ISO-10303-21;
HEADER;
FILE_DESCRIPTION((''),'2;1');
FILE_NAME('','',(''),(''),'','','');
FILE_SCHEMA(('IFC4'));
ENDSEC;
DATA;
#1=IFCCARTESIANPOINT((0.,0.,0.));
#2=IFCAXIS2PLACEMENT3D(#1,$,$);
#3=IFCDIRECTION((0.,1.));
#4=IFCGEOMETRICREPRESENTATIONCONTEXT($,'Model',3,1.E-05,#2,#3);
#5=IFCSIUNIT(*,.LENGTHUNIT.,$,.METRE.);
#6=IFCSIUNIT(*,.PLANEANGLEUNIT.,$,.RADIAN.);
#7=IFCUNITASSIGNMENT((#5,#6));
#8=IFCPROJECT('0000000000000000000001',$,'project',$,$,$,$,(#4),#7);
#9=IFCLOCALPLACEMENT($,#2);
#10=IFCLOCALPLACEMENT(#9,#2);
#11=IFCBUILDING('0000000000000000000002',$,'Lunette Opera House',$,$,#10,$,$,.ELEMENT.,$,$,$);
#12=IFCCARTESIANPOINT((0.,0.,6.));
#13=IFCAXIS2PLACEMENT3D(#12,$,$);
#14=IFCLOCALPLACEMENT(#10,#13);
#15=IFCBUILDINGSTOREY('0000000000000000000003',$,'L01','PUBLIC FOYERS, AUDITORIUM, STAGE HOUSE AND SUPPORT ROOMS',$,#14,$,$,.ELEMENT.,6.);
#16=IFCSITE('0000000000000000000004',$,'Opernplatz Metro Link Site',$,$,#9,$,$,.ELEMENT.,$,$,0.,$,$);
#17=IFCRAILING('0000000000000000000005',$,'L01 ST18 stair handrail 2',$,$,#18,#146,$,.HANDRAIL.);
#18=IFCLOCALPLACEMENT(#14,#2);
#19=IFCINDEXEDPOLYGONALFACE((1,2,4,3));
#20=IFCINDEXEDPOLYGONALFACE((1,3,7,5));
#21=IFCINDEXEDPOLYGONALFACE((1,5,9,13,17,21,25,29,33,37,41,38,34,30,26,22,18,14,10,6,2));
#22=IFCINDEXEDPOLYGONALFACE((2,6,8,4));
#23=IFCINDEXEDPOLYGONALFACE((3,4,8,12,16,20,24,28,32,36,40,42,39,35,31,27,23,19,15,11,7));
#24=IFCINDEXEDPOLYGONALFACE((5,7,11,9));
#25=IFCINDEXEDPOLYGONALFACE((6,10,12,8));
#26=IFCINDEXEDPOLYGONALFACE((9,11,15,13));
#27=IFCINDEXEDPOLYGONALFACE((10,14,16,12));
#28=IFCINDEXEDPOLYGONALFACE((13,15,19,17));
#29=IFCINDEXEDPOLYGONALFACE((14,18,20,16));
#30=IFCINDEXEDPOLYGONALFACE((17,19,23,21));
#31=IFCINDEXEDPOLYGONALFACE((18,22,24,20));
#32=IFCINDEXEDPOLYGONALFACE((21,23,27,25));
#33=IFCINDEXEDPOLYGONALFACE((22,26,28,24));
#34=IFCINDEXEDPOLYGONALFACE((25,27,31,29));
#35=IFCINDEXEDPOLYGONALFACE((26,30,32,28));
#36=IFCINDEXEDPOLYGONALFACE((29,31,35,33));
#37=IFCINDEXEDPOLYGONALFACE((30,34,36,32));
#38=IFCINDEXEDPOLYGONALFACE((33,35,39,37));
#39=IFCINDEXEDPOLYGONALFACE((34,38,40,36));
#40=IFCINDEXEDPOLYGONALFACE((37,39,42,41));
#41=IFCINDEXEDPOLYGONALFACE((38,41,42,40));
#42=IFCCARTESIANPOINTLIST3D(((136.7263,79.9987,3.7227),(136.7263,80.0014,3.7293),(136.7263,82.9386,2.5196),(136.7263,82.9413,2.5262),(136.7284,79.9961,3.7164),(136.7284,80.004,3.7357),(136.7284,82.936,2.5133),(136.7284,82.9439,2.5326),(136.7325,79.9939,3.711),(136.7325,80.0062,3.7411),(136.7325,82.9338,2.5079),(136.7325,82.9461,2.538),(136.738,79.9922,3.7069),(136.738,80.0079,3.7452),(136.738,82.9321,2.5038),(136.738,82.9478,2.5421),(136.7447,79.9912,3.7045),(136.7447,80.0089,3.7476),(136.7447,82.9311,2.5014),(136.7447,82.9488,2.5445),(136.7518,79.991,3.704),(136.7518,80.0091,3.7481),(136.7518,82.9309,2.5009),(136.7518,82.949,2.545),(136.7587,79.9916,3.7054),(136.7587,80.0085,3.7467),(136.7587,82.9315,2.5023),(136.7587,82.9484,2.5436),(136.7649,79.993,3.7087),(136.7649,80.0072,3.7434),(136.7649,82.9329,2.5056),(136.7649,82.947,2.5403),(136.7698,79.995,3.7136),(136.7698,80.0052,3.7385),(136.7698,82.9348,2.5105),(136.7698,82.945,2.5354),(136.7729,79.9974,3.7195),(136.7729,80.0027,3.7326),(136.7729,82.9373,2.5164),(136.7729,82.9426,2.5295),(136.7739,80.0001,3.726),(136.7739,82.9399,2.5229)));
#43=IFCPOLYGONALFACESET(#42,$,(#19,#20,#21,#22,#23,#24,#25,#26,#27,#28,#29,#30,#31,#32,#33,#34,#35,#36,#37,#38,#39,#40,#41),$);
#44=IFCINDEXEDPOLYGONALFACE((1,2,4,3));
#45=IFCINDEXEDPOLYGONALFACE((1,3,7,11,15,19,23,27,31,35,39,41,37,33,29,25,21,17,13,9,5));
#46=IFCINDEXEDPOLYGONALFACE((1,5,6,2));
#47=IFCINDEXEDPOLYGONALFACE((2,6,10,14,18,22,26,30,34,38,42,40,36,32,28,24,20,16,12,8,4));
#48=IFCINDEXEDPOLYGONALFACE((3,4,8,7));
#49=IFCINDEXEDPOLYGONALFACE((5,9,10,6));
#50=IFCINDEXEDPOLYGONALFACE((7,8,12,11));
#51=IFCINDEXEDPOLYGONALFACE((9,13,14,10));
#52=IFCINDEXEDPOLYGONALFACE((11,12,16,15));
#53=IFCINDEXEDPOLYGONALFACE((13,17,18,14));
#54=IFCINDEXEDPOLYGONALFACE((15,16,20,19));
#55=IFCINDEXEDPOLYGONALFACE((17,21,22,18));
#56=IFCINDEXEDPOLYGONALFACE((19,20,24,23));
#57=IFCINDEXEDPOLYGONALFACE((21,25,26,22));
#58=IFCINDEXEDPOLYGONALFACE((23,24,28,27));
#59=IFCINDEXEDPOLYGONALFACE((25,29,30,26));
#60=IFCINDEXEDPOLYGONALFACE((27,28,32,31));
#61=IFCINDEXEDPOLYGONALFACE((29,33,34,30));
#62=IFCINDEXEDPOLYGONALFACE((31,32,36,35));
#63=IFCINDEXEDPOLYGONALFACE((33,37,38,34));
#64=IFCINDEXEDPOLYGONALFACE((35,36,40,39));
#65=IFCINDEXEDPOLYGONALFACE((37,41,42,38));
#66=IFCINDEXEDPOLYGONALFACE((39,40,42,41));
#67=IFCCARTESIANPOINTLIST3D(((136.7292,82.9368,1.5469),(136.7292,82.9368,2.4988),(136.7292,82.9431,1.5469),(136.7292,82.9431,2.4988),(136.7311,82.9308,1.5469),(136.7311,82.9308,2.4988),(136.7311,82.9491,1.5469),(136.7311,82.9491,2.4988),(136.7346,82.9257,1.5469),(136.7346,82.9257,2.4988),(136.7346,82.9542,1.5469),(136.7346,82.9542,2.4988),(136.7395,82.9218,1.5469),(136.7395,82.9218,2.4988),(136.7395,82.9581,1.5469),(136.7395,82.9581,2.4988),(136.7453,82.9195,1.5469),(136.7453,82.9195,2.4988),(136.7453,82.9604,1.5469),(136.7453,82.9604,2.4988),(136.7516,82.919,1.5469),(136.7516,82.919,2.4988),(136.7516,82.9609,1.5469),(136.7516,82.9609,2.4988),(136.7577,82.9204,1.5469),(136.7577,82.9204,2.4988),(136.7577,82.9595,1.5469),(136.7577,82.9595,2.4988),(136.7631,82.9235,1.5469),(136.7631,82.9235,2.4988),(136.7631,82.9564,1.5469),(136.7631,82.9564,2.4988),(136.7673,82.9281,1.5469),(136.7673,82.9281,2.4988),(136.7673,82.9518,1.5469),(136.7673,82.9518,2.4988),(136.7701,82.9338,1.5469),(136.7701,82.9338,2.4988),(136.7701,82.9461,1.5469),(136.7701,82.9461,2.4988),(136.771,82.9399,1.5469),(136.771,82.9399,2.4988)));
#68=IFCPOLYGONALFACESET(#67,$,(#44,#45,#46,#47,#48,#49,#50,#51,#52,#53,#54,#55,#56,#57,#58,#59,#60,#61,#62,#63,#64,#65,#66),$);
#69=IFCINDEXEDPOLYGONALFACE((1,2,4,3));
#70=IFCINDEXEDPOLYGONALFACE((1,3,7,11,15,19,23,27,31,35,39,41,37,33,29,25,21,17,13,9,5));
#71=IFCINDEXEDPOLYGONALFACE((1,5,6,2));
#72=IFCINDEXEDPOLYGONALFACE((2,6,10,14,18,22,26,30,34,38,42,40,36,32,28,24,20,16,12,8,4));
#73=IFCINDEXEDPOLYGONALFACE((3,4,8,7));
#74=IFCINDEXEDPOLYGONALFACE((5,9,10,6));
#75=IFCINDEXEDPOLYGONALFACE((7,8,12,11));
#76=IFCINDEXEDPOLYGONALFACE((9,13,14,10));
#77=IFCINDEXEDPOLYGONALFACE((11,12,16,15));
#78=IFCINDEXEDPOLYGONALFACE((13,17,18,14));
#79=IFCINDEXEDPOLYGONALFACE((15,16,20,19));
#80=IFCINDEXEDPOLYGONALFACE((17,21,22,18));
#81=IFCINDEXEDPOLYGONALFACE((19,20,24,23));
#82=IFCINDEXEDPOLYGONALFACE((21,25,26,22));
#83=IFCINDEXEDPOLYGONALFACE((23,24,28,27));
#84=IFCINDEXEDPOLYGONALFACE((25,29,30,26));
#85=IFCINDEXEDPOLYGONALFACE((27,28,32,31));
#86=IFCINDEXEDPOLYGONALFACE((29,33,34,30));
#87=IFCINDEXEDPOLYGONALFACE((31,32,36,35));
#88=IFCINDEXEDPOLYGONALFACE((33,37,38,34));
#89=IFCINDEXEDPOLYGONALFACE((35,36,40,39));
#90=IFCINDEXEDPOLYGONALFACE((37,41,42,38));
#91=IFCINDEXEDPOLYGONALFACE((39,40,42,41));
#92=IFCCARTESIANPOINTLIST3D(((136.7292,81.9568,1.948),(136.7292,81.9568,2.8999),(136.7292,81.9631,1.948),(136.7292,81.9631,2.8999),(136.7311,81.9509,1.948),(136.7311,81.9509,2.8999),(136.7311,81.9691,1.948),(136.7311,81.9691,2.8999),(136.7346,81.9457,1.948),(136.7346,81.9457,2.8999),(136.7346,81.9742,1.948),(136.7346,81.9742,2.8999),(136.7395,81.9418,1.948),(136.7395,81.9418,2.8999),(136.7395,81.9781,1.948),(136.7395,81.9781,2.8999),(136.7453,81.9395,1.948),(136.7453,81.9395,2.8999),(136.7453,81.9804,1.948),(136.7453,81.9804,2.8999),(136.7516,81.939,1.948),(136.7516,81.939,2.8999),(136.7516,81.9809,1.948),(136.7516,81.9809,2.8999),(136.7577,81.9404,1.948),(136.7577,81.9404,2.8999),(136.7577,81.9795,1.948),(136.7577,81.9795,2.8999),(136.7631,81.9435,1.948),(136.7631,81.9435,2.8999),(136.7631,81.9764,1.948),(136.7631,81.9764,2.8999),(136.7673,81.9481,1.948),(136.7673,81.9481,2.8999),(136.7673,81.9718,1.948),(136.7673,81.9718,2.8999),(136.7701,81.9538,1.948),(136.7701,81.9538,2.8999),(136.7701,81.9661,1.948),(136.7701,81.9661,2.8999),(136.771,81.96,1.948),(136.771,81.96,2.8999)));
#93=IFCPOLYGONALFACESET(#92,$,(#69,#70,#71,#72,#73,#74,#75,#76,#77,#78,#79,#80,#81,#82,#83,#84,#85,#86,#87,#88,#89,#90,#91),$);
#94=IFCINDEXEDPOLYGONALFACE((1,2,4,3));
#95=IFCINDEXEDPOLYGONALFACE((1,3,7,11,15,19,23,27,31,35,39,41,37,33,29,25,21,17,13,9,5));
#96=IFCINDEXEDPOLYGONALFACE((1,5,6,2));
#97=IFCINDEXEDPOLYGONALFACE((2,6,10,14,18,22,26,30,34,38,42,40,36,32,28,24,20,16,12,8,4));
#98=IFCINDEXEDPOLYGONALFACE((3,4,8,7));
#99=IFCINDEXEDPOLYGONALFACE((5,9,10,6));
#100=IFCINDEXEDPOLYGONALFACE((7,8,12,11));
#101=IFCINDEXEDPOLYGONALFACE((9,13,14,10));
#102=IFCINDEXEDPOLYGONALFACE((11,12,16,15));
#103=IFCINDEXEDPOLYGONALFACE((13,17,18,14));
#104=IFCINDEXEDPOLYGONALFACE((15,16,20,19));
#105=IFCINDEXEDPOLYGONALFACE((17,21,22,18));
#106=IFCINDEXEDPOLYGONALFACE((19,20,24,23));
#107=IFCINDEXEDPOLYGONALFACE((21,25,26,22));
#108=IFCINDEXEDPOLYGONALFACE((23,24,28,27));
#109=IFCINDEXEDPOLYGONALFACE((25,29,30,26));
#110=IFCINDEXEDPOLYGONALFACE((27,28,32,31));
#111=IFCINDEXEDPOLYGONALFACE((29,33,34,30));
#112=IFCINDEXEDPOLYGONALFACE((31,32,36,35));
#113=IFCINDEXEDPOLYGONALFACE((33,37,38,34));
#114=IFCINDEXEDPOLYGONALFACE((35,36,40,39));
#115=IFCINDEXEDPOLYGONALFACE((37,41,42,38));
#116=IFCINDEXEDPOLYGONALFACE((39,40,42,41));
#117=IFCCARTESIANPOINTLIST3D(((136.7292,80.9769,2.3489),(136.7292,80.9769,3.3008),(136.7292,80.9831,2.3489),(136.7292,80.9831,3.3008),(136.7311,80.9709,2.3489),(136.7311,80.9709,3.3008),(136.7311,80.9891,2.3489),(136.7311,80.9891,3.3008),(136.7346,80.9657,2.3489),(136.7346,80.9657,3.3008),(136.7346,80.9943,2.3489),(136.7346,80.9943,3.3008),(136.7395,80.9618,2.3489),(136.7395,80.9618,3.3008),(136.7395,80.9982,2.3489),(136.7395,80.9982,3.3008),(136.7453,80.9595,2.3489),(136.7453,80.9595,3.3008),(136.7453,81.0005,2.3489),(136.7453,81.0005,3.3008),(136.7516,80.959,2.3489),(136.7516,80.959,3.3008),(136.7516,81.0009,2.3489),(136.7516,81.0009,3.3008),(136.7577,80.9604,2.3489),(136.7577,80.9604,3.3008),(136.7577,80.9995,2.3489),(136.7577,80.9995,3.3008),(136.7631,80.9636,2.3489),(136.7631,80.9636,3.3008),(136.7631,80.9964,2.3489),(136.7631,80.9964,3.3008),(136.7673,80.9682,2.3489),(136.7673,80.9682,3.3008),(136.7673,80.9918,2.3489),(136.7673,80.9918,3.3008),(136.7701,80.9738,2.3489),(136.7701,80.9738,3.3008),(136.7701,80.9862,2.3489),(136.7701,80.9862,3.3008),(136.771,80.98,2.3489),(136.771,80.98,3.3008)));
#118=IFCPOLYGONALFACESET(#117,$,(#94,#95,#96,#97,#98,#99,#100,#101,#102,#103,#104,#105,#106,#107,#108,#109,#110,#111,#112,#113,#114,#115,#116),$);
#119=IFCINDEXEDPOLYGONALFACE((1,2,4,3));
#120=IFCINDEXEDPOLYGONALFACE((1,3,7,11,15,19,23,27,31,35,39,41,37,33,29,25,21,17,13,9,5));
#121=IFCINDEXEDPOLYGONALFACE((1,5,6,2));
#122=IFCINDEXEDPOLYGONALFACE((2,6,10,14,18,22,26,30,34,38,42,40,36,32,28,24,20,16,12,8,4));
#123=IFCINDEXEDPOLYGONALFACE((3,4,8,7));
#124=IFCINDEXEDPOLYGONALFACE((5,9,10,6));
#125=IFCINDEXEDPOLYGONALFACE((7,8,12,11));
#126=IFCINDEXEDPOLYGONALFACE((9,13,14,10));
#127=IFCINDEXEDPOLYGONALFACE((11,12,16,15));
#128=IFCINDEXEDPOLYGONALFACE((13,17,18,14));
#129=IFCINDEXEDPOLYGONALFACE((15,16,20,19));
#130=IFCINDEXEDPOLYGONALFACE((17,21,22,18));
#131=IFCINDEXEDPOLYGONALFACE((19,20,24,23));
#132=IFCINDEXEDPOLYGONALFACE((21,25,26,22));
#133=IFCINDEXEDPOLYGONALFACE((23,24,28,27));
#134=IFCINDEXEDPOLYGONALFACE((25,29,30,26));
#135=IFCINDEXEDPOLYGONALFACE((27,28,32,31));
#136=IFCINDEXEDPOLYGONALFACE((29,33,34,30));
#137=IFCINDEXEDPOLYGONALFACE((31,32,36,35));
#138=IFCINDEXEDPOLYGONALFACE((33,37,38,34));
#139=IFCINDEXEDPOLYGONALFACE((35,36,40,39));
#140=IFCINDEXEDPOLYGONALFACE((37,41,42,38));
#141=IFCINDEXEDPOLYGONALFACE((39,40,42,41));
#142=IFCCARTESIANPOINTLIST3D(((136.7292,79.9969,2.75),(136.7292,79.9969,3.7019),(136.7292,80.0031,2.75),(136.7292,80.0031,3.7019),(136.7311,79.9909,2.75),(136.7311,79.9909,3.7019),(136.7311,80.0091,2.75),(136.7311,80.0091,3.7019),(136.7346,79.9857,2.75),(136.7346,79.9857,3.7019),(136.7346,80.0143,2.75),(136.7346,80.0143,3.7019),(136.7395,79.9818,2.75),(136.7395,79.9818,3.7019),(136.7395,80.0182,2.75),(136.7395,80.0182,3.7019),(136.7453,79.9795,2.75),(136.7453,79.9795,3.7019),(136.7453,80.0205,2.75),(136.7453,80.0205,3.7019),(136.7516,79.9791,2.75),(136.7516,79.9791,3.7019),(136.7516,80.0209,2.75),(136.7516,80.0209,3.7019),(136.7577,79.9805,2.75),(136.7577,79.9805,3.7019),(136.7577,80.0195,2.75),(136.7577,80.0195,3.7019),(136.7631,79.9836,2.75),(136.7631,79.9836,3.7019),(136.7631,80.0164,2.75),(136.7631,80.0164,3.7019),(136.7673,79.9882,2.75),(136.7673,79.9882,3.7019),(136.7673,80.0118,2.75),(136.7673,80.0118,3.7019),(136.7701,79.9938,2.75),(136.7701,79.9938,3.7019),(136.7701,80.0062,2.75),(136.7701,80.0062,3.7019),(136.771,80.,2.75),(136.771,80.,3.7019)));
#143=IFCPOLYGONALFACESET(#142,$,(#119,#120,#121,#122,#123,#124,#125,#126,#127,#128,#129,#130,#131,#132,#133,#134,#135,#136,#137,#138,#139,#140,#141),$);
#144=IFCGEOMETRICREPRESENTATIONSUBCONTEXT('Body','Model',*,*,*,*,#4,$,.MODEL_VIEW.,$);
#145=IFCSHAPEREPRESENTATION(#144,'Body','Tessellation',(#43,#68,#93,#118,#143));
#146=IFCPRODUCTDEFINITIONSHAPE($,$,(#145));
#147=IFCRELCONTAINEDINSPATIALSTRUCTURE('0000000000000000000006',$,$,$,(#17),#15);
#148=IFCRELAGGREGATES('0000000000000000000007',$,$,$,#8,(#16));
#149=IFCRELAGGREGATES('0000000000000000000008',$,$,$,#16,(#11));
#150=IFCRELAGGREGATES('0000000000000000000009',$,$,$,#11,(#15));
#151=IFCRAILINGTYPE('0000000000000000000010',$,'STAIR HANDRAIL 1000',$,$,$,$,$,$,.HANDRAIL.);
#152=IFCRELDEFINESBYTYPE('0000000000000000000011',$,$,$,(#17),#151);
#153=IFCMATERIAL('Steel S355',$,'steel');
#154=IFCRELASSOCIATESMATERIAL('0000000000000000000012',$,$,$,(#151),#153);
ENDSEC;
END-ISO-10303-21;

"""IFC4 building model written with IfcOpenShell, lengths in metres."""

from ifc_helpers import new_model, si_unit, direction, frame, origin, origin_2d, place, context, subcontext, project, spatial, circle, extrude, material, type_object, element, save


model = new_model("IFC4")

# Units and contexts
model_context = context("Model", 3, precision=1e-05, world=origin(), true_north=direction((0.0, 1.0)))
body_context = subcontext(model_context, "Body", "Model", "MODEL_VIEW")
ifc_project = project(units=[si_unit("LENGTHUNIT", "METRE"), si_unit("PLANEANGLEUNIT", "RADIAN")], contexts=[model_context])

# Site, building, storey
site_placement = place(None, origin())
site = spatial("IfcSite", under=ifc_project, at=site_placement, Name="Opernplatz Metro Link Site", CompositionType="ELEMENT", RefElevation=0.0)
building_placement = place(site_placement, origin())
building = spatial("IfcBuilding", under=site, at=building_placement, Name="Lunette Opera House", CompositionType="ELEMENT")
storey_placement = place(building_placement, frame((0.0, 0.0, 6.0)))
storey = spatial("IfcBuildingStorey", under=building, at=storey_placement, Name="L01", Description="PUBLIC FOYERS, AUDITORIUM, STAGE HOUSE AND SUPPORT ROOMS", CompositionType="ELEMENT", Elevation=6.0)

# Railing
ifc_material_1 = material(Name="Steel S355", Category="steel")
railing_type_1 = type_object("IfcRailingType", Name="STAIR HANDRAIL 1000", PredefinedType="HANDRAIL", material=ifc_material_1)
for number, where, name in (
    (1, (136.75, 82.9399, 1.5469), "L01 ST18 stair handrail 2"),
):
    element("IfcRailing", number, at=place(storey_placement, frame(where)), inside=storey, type_object=railing_type_1, Name=name, PredefinedType="HANDRAIL", context=body_context, shape_type="SweptSolid", body=[
        extrude(circle(Radius=0.0239, at=origin_2d()), frame((0.0, 0.0, 0.9761), z_axis=(0.0, -0.9255, 0.378747), x_axis=(1.0, 0.0, 0.0)), (0.0, 0.0, 1.0), 3.1765),
        extrude(circle(Radius=0.021, at=origin_2d()), origin(), (0.0, 0.0, 1.0), 0.9519),
        extrude(circle(Radius=0.021, at=origin_2d()), frame((0.0, -0.98, 0.4011)), (0.0, 0.0, 1.0), 0.9519),
        extrude(circle(Radius=0.021, at=origin_2d()), frame((0.0, -1.96, 0.802)), (0.0, 0.0, 1.0), 0.9519),
        extrude(circle(Radius=0.021, at=origin_2d()), frame((0.0, -2.9399, 1.2031)), (0.0, 0.0, 1.0), 0.9519),
    ])

save(model, "model.ifc")
